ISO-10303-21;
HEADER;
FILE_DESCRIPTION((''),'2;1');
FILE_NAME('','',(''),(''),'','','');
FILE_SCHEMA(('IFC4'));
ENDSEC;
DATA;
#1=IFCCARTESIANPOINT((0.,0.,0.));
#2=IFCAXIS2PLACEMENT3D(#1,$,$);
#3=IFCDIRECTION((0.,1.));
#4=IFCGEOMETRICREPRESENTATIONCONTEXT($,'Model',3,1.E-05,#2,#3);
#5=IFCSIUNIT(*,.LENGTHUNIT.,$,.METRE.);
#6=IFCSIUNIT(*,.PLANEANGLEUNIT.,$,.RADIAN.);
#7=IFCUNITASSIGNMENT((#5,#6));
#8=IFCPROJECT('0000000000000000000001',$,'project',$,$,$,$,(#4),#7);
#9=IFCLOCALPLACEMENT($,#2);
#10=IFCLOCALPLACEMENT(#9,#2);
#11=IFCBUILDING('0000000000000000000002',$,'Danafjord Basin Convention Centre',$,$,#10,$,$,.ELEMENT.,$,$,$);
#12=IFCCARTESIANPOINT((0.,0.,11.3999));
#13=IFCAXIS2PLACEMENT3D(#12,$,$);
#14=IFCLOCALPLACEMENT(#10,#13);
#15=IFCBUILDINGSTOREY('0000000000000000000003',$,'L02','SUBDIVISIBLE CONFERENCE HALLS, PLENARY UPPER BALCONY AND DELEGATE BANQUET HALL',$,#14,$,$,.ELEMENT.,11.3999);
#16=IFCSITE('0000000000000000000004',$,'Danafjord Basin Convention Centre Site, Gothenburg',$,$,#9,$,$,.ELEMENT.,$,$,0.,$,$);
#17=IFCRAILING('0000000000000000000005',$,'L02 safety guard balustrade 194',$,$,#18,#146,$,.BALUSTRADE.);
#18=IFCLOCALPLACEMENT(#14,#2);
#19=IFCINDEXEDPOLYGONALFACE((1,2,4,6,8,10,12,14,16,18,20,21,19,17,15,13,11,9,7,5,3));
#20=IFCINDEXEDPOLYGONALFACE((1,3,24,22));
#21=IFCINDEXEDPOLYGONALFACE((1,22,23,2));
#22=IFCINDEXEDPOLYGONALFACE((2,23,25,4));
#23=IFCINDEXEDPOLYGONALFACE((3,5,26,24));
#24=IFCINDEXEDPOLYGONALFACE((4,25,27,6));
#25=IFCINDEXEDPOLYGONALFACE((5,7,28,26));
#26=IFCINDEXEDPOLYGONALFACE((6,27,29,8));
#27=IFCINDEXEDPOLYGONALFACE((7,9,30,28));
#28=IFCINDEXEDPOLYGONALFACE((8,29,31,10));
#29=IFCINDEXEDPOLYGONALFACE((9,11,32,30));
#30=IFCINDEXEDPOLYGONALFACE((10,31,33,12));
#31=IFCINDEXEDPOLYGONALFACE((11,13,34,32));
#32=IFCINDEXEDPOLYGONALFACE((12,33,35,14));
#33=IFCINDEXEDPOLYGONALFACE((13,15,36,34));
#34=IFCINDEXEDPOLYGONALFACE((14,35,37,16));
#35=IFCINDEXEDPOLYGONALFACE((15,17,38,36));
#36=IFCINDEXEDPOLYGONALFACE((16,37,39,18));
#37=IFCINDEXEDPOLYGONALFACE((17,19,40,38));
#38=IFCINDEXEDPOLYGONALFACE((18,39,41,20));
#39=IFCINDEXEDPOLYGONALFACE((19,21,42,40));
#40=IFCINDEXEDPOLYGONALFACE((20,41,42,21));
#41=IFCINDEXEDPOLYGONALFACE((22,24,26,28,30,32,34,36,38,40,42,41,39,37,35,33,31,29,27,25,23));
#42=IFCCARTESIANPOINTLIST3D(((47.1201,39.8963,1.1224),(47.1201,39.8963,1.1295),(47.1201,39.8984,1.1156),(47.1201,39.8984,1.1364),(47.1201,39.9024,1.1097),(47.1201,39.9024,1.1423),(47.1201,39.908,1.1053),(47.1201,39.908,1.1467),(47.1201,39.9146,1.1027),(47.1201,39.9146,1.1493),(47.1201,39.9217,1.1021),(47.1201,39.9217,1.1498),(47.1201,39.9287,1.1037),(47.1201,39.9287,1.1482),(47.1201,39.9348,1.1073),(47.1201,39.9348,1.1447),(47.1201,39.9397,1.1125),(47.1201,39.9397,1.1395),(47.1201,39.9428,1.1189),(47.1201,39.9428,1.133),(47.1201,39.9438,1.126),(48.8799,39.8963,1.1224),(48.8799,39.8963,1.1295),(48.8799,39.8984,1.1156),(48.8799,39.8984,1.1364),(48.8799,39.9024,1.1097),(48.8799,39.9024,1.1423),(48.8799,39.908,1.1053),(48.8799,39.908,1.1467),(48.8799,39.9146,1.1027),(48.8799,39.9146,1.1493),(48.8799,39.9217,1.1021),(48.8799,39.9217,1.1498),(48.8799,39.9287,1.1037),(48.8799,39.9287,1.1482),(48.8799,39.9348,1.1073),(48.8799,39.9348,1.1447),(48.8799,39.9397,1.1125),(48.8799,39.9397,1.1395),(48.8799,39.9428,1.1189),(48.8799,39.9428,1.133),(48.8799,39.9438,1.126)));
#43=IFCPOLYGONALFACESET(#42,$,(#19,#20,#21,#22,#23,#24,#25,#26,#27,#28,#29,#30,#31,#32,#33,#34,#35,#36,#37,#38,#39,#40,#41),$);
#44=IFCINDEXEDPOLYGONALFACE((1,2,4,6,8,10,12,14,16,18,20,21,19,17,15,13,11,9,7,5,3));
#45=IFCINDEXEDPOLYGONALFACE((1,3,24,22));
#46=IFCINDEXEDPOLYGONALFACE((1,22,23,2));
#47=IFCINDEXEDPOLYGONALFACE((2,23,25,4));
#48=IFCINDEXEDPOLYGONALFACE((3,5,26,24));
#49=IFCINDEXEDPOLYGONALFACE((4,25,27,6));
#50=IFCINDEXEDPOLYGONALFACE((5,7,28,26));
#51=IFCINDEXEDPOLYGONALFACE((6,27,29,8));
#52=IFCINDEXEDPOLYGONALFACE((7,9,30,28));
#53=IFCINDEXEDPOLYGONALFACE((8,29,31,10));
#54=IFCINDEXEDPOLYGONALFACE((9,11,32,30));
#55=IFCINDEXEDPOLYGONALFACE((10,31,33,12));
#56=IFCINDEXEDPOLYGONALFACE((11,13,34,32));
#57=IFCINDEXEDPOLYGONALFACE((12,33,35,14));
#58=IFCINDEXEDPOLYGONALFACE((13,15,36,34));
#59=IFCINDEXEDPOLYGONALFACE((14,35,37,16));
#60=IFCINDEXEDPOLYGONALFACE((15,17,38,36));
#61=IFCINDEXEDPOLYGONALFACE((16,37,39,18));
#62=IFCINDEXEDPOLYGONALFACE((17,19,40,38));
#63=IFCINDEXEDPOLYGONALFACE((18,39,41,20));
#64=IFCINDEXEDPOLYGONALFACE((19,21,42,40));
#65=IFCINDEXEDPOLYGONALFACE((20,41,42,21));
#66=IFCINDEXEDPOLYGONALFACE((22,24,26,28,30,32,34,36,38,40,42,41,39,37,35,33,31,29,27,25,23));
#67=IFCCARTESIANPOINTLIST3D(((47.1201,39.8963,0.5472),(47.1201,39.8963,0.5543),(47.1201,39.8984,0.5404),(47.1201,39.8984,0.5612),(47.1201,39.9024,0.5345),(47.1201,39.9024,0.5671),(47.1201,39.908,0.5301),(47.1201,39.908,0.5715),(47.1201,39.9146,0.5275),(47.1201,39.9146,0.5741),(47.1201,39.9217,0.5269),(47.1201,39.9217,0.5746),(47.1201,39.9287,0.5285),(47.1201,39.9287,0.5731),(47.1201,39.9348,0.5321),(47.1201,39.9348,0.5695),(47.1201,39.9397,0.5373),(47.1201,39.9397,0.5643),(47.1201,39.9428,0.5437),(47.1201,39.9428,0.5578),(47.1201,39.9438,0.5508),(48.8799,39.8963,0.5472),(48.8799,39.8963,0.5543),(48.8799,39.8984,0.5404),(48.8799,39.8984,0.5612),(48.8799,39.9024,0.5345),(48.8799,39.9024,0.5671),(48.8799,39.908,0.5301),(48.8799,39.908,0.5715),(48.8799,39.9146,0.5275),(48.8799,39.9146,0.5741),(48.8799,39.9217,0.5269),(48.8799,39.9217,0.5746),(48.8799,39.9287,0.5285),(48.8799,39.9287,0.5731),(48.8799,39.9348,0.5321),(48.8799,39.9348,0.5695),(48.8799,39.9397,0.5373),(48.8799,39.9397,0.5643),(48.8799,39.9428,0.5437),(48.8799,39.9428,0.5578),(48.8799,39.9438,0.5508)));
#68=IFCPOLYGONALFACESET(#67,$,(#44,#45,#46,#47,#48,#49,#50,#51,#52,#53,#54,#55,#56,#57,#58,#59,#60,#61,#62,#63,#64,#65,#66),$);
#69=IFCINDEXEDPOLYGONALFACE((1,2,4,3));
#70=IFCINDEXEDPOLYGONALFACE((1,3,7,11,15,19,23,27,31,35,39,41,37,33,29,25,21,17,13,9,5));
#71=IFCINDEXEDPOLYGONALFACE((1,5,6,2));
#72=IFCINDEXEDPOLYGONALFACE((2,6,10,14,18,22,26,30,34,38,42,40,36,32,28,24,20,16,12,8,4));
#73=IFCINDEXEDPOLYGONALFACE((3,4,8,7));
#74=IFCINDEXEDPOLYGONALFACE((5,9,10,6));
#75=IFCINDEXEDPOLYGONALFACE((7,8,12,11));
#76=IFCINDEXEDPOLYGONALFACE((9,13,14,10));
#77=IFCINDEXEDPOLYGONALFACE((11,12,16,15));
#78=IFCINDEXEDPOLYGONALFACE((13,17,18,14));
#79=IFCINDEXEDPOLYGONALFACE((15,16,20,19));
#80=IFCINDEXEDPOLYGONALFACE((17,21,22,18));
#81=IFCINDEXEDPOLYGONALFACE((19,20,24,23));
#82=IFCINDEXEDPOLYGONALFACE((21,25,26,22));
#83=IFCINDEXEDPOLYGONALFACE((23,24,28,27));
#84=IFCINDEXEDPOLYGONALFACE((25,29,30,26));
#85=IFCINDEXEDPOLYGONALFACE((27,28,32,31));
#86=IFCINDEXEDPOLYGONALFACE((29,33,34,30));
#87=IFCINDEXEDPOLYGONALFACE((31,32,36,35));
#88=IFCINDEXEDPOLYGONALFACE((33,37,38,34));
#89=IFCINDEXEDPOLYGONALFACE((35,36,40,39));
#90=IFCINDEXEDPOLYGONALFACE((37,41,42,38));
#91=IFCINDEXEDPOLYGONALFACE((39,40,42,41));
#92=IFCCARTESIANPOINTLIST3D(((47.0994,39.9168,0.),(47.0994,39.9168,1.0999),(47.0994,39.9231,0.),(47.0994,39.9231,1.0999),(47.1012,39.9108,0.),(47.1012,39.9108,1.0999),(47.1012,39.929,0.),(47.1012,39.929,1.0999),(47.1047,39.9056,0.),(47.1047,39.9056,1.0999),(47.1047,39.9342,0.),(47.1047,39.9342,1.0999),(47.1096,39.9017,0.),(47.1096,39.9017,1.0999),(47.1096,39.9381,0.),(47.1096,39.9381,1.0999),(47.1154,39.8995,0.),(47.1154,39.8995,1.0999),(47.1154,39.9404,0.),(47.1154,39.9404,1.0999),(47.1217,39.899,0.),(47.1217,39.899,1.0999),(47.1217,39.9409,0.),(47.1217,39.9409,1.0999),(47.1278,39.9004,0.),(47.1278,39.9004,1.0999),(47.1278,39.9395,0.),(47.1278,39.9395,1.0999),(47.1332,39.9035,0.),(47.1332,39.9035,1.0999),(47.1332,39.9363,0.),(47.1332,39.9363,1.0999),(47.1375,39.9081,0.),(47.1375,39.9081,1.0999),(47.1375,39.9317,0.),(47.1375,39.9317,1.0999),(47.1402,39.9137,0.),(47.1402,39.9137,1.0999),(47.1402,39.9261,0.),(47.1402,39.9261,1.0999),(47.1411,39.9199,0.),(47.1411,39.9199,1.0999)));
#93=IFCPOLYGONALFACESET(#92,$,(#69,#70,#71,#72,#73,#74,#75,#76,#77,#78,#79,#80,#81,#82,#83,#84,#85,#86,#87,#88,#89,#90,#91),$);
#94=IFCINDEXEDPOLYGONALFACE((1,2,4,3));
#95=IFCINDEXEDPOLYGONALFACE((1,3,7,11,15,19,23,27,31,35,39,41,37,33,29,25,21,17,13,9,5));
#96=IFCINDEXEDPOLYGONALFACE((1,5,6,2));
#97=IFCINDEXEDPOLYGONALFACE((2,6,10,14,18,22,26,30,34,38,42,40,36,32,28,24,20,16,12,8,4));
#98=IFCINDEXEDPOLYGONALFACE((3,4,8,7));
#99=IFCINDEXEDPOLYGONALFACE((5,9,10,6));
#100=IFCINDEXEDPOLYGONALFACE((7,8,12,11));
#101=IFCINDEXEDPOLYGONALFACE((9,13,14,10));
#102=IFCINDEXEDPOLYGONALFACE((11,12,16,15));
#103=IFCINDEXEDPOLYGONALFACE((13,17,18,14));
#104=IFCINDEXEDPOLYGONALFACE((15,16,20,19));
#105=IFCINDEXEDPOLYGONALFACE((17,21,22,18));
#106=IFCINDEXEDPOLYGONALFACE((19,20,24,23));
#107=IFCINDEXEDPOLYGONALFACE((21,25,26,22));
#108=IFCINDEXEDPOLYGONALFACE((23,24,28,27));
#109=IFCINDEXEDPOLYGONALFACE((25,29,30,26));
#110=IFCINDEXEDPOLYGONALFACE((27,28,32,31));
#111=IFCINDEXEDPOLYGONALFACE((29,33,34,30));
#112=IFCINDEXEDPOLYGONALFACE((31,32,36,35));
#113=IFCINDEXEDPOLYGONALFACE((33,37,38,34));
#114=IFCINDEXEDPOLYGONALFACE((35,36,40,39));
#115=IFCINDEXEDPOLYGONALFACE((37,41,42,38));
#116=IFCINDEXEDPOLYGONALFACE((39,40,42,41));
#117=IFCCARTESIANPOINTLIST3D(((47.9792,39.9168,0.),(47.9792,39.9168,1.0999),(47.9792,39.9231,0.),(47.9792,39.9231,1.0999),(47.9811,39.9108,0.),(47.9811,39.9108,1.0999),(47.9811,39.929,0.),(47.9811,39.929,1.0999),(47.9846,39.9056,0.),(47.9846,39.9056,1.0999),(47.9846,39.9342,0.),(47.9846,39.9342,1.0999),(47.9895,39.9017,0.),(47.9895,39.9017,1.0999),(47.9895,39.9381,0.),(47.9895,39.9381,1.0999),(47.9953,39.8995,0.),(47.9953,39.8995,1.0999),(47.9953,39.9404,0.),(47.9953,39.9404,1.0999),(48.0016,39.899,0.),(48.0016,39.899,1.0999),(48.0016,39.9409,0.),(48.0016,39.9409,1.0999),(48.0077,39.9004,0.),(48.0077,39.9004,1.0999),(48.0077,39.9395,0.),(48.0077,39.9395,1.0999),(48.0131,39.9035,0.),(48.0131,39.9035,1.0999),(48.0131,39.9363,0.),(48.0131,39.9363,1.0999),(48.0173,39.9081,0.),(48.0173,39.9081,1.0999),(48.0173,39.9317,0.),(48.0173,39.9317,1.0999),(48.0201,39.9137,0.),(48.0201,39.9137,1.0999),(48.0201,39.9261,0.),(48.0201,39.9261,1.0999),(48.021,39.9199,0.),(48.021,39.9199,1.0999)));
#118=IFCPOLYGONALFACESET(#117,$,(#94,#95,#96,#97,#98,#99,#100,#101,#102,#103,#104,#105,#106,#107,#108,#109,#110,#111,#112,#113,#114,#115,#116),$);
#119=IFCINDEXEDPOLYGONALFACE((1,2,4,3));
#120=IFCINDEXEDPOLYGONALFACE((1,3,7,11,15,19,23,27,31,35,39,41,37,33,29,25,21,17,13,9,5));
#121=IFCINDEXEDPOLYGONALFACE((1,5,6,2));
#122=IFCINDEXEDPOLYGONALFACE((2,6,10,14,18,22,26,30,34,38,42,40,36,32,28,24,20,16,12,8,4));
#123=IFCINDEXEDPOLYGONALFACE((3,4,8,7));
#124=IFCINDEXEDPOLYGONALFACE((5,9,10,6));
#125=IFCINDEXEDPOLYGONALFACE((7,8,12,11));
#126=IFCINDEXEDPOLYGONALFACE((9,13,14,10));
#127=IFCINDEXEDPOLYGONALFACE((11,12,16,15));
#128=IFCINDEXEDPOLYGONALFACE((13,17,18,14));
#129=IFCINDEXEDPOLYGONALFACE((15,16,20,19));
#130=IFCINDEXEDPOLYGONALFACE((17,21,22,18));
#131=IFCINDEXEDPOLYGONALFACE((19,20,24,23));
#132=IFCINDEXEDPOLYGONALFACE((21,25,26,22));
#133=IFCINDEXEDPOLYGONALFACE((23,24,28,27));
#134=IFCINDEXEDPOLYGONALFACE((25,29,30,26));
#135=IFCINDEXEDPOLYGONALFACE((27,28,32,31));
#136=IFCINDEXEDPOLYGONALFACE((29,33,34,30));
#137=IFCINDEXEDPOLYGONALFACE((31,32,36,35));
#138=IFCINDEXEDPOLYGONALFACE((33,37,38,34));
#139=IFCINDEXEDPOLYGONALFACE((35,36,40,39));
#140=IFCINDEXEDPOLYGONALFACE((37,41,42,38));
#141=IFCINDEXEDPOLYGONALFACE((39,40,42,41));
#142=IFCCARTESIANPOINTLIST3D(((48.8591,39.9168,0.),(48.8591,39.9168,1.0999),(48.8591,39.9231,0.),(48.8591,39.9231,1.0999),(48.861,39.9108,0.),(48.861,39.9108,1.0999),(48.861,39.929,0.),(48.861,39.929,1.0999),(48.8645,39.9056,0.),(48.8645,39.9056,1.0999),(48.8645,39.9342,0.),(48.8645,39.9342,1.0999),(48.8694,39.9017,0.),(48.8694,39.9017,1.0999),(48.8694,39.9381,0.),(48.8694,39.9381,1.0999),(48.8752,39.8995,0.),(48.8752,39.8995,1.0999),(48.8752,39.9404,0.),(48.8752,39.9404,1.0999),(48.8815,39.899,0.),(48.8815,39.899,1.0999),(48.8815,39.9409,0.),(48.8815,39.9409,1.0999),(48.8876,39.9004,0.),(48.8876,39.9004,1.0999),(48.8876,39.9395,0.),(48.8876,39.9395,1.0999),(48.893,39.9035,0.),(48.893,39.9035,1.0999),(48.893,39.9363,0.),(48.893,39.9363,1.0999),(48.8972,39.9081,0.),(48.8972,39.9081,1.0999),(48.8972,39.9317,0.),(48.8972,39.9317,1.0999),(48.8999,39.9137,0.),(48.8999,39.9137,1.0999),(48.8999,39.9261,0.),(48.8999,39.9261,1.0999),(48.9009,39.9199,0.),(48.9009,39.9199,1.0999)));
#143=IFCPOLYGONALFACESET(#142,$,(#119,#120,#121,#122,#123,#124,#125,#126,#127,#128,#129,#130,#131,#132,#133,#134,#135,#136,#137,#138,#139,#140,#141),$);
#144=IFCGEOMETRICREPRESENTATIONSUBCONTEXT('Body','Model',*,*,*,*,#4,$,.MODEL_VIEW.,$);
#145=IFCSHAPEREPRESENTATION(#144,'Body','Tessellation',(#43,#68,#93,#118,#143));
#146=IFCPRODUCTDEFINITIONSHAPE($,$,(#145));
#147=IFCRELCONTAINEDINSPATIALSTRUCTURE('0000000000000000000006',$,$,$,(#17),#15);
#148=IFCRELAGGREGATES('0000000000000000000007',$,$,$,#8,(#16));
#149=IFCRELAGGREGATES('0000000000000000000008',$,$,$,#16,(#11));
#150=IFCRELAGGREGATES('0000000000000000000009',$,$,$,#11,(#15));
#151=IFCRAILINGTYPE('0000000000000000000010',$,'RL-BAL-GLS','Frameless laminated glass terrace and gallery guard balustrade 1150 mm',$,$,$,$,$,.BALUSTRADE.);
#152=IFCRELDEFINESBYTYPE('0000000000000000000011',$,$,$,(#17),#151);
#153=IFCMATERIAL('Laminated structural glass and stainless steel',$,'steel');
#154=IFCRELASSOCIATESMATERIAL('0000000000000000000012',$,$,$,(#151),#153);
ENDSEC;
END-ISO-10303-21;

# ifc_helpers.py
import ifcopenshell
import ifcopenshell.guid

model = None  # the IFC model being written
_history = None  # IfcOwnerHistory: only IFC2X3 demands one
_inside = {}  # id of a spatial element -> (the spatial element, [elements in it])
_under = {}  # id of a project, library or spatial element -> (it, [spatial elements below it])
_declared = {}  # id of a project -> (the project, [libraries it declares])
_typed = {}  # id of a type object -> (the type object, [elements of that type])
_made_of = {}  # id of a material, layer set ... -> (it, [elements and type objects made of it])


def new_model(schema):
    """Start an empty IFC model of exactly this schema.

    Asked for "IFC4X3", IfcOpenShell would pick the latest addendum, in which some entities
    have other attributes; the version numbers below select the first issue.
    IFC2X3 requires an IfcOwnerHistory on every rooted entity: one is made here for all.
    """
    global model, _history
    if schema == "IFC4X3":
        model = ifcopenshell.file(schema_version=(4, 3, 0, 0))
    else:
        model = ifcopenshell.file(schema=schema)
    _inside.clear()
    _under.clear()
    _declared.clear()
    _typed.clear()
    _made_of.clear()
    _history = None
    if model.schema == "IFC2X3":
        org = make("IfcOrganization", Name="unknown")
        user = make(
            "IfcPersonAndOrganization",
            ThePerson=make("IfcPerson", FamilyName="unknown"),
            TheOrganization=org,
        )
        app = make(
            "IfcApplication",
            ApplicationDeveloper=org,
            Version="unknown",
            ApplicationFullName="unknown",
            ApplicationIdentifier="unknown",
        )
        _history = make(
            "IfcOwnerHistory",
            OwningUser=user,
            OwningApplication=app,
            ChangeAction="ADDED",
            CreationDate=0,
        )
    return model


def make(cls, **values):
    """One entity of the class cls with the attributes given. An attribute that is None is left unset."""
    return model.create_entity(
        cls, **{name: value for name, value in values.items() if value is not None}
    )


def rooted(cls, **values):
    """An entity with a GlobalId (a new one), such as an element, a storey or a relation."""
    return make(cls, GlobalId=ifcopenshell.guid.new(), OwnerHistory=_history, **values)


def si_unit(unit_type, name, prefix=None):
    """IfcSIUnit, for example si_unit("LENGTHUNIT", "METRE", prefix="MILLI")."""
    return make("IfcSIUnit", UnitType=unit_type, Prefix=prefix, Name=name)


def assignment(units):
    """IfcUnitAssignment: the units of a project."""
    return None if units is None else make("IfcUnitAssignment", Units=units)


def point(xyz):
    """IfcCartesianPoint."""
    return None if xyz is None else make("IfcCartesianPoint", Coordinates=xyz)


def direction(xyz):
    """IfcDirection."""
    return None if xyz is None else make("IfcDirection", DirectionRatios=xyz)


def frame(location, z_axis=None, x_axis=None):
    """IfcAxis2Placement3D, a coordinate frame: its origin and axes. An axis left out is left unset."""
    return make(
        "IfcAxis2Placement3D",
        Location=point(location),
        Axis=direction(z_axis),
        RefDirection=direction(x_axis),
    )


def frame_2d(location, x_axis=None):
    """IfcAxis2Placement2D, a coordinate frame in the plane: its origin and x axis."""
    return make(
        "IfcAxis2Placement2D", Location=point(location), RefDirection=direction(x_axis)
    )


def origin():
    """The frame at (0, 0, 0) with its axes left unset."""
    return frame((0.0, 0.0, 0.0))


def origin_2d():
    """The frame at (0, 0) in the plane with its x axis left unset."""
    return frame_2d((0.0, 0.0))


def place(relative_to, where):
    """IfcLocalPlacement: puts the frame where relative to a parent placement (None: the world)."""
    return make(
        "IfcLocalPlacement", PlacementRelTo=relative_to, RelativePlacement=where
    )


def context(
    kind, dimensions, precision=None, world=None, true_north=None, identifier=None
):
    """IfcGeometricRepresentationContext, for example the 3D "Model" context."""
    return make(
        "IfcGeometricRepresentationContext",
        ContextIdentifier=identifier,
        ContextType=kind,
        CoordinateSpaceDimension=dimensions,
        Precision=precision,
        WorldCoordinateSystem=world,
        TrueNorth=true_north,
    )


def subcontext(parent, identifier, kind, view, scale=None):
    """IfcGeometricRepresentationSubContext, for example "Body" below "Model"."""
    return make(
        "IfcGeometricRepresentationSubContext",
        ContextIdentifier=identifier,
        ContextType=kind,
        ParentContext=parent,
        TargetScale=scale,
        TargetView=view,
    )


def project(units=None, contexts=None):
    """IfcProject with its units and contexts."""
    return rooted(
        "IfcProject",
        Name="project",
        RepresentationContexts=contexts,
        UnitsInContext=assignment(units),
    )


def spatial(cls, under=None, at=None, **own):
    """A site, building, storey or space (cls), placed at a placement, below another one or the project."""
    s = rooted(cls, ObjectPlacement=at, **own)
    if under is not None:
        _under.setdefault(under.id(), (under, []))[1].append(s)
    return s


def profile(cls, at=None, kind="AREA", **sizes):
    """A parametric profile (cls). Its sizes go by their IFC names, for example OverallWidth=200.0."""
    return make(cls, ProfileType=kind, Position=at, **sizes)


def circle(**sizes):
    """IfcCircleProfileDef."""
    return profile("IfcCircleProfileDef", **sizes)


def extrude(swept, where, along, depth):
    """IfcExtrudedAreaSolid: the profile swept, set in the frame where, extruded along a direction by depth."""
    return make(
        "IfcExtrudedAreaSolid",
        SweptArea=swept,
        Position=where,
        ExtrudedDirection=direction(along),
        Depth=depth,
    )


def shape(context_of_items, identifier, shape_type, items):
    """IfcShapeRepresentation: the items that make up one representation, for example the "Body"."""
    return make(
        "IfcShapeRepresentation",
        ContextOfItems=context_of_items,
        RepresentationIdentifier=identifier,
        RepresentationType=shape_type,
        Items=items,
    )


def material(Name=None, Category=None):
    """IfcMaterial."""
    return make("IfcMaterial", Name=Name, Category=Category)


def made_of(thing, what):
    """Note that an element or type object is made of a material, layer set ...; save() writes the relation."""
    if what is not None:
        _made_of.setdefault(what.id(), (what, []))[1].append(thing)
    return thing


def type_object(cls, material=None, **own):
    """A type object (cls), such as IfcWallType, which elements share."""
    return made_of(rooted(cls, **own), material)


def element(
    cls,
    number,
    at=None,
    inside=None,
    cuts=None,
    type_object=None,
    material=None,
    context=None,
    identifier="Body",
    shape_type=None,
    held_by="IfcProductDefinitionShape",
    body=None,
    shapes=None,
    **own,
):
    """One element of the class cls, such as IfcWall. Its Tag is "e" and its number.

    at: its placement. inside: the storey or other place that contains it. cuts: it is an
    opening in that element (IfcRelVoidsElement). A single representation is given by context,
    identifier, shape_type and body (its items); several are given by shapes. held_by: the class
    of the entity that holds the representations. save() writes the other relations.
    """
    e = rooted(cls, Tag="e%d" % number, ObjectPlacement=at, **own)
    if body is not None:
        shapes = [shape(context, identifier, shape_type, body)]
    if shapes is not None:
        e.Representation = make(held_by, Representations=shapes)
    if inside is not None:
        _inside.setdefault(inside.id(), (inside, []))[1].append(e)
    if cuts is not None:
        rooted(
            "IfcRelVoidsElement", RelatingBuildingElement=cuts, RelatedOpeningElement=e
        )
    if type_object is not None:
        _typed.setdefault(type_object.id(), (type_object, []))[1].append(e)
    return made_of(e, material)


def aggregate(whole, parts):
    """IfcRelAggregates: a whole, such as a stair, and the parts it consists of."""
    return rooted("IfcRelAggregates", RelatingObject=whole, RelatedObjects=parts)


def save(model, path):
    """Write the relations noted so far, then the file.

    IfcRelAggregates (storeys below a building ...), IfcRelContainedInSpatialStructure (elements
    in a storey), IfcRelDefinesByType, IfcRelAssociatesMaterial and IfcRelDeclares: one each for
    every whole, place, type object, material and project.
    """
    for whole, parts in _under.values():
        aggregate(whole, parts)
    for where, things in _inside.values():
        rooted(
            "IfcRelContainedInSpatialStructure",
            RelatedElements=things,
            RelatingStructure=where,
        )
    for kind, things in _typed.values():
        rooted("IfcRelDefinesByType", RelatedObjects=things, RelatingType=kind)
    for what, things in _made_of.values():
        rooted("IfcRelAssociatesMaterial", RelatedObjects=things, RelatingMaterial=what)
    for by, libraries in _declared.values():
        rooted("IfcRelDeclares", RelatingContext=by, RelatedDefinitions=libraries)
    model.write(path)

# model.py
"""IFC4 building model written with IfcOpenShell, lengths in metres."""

from ifc_helpers import new_model, si_unit, direction, frame, origin, origin_2d, place, context, subcontext, project, spatial, circle, extrude, material, type_object, element, save


model = new_model("IFC4")

# Units and contexts
model_context = context("Model", 3, precision=1e-05, world=origin(), true_north=direction((0.0, 1.0)))
body_context = subcontext(model_context, "Body", "Model", "MODEL_VIEW")
ifc_project = project(units=[si_unit("LENGTHUNIT", "METRE"), si_unit("PLANEANGLEUNIT", "RADIAN")], contexts=[model_context])

# Site, building, storey
site_placement = place(None, origin())
site = spatial("IfcSite", under=ifc_project, at=site_placement, Name="Danafjord Basin Convention Centre Site, Gothenburg", CompositionType="ELEMENT", RefElevation=0.0)
building_placement = place(site_placement, origin())
building = spatial("IfcBuilding", under=site, at=building_placement, Name="Danafjord Basin Convention Centre", CompositionType="ELEMENT")
storey_placement = place(building_placement, frame((0.0, 0.0, 11.3999)))
storey = spatial("IfcBuildingStorey", under=building, at=storey_placement, Name="L02", Description="SUBDIVISIBLE CONFERENCE HALLS, PLENARY UPPER BALCONY AND DELEGATE BANQUET HALL", CompositionType="ELEMENT", Elevation=11.3999)

# Railing
ifc_material_1 = material(Name="Laminated structural glass and stainless steel", Category="steel")
railing_type = type_object("IfcRailingType", Name="RL-BAL-GLS", Description="Frameless laminated glass terrace and gallery guard balustrade 1150 mm", PredefinedType="BALUSTRADE", material=ifc_material_1)
railing_1_placement = place(storey_placement, frame((47.1201, 39.9199, 0.0)))
element("IfcRailing", 1, at=railing_1_placement, inside=storey, type_object=railing_type, Name="L02 safety guard balustrade 194", PredefinedType="BALUSTRADE", context=body_context, shape_type="SweptSolid", body=[
    extrude(circle(Radius=0.0239, at=origin_2d()), frame((0.0, 0.0, 1.126), z_axis=(1.0, 0.0, 0.0), x_axis=(0.0, 1.0, 0.0)), (0.0, 0.0, 1.0), 1.7598),
    extrude(circle(Radius=0.0239, at=origin_2d()), frame((0.0, 0.0, 0.5508), z_axis=(1.0, 0.0, 0.0), x_axis=(0.0, 1.0, 0.0)), (0.0, 0.0, 1.0), 1.7598),
    extrude(circle(Radius=0.021, at=origin_2d()), origin(), (0.0, 0.0, 1.0), 1.0999),
    extrude(circle(Radius=0.021, at=origin_2d()), frame((0.8799, 0.0, 0.0)), (0.0, 0.0, 1.0), 1.0999),
    extrude(circle(Radius=0.021, at=origin_2d()), frame((1.7598, 0.0, 0.0)), (0.0, 0.0, 1.0), 1.0999),
])

save(model, "model.ifc")
